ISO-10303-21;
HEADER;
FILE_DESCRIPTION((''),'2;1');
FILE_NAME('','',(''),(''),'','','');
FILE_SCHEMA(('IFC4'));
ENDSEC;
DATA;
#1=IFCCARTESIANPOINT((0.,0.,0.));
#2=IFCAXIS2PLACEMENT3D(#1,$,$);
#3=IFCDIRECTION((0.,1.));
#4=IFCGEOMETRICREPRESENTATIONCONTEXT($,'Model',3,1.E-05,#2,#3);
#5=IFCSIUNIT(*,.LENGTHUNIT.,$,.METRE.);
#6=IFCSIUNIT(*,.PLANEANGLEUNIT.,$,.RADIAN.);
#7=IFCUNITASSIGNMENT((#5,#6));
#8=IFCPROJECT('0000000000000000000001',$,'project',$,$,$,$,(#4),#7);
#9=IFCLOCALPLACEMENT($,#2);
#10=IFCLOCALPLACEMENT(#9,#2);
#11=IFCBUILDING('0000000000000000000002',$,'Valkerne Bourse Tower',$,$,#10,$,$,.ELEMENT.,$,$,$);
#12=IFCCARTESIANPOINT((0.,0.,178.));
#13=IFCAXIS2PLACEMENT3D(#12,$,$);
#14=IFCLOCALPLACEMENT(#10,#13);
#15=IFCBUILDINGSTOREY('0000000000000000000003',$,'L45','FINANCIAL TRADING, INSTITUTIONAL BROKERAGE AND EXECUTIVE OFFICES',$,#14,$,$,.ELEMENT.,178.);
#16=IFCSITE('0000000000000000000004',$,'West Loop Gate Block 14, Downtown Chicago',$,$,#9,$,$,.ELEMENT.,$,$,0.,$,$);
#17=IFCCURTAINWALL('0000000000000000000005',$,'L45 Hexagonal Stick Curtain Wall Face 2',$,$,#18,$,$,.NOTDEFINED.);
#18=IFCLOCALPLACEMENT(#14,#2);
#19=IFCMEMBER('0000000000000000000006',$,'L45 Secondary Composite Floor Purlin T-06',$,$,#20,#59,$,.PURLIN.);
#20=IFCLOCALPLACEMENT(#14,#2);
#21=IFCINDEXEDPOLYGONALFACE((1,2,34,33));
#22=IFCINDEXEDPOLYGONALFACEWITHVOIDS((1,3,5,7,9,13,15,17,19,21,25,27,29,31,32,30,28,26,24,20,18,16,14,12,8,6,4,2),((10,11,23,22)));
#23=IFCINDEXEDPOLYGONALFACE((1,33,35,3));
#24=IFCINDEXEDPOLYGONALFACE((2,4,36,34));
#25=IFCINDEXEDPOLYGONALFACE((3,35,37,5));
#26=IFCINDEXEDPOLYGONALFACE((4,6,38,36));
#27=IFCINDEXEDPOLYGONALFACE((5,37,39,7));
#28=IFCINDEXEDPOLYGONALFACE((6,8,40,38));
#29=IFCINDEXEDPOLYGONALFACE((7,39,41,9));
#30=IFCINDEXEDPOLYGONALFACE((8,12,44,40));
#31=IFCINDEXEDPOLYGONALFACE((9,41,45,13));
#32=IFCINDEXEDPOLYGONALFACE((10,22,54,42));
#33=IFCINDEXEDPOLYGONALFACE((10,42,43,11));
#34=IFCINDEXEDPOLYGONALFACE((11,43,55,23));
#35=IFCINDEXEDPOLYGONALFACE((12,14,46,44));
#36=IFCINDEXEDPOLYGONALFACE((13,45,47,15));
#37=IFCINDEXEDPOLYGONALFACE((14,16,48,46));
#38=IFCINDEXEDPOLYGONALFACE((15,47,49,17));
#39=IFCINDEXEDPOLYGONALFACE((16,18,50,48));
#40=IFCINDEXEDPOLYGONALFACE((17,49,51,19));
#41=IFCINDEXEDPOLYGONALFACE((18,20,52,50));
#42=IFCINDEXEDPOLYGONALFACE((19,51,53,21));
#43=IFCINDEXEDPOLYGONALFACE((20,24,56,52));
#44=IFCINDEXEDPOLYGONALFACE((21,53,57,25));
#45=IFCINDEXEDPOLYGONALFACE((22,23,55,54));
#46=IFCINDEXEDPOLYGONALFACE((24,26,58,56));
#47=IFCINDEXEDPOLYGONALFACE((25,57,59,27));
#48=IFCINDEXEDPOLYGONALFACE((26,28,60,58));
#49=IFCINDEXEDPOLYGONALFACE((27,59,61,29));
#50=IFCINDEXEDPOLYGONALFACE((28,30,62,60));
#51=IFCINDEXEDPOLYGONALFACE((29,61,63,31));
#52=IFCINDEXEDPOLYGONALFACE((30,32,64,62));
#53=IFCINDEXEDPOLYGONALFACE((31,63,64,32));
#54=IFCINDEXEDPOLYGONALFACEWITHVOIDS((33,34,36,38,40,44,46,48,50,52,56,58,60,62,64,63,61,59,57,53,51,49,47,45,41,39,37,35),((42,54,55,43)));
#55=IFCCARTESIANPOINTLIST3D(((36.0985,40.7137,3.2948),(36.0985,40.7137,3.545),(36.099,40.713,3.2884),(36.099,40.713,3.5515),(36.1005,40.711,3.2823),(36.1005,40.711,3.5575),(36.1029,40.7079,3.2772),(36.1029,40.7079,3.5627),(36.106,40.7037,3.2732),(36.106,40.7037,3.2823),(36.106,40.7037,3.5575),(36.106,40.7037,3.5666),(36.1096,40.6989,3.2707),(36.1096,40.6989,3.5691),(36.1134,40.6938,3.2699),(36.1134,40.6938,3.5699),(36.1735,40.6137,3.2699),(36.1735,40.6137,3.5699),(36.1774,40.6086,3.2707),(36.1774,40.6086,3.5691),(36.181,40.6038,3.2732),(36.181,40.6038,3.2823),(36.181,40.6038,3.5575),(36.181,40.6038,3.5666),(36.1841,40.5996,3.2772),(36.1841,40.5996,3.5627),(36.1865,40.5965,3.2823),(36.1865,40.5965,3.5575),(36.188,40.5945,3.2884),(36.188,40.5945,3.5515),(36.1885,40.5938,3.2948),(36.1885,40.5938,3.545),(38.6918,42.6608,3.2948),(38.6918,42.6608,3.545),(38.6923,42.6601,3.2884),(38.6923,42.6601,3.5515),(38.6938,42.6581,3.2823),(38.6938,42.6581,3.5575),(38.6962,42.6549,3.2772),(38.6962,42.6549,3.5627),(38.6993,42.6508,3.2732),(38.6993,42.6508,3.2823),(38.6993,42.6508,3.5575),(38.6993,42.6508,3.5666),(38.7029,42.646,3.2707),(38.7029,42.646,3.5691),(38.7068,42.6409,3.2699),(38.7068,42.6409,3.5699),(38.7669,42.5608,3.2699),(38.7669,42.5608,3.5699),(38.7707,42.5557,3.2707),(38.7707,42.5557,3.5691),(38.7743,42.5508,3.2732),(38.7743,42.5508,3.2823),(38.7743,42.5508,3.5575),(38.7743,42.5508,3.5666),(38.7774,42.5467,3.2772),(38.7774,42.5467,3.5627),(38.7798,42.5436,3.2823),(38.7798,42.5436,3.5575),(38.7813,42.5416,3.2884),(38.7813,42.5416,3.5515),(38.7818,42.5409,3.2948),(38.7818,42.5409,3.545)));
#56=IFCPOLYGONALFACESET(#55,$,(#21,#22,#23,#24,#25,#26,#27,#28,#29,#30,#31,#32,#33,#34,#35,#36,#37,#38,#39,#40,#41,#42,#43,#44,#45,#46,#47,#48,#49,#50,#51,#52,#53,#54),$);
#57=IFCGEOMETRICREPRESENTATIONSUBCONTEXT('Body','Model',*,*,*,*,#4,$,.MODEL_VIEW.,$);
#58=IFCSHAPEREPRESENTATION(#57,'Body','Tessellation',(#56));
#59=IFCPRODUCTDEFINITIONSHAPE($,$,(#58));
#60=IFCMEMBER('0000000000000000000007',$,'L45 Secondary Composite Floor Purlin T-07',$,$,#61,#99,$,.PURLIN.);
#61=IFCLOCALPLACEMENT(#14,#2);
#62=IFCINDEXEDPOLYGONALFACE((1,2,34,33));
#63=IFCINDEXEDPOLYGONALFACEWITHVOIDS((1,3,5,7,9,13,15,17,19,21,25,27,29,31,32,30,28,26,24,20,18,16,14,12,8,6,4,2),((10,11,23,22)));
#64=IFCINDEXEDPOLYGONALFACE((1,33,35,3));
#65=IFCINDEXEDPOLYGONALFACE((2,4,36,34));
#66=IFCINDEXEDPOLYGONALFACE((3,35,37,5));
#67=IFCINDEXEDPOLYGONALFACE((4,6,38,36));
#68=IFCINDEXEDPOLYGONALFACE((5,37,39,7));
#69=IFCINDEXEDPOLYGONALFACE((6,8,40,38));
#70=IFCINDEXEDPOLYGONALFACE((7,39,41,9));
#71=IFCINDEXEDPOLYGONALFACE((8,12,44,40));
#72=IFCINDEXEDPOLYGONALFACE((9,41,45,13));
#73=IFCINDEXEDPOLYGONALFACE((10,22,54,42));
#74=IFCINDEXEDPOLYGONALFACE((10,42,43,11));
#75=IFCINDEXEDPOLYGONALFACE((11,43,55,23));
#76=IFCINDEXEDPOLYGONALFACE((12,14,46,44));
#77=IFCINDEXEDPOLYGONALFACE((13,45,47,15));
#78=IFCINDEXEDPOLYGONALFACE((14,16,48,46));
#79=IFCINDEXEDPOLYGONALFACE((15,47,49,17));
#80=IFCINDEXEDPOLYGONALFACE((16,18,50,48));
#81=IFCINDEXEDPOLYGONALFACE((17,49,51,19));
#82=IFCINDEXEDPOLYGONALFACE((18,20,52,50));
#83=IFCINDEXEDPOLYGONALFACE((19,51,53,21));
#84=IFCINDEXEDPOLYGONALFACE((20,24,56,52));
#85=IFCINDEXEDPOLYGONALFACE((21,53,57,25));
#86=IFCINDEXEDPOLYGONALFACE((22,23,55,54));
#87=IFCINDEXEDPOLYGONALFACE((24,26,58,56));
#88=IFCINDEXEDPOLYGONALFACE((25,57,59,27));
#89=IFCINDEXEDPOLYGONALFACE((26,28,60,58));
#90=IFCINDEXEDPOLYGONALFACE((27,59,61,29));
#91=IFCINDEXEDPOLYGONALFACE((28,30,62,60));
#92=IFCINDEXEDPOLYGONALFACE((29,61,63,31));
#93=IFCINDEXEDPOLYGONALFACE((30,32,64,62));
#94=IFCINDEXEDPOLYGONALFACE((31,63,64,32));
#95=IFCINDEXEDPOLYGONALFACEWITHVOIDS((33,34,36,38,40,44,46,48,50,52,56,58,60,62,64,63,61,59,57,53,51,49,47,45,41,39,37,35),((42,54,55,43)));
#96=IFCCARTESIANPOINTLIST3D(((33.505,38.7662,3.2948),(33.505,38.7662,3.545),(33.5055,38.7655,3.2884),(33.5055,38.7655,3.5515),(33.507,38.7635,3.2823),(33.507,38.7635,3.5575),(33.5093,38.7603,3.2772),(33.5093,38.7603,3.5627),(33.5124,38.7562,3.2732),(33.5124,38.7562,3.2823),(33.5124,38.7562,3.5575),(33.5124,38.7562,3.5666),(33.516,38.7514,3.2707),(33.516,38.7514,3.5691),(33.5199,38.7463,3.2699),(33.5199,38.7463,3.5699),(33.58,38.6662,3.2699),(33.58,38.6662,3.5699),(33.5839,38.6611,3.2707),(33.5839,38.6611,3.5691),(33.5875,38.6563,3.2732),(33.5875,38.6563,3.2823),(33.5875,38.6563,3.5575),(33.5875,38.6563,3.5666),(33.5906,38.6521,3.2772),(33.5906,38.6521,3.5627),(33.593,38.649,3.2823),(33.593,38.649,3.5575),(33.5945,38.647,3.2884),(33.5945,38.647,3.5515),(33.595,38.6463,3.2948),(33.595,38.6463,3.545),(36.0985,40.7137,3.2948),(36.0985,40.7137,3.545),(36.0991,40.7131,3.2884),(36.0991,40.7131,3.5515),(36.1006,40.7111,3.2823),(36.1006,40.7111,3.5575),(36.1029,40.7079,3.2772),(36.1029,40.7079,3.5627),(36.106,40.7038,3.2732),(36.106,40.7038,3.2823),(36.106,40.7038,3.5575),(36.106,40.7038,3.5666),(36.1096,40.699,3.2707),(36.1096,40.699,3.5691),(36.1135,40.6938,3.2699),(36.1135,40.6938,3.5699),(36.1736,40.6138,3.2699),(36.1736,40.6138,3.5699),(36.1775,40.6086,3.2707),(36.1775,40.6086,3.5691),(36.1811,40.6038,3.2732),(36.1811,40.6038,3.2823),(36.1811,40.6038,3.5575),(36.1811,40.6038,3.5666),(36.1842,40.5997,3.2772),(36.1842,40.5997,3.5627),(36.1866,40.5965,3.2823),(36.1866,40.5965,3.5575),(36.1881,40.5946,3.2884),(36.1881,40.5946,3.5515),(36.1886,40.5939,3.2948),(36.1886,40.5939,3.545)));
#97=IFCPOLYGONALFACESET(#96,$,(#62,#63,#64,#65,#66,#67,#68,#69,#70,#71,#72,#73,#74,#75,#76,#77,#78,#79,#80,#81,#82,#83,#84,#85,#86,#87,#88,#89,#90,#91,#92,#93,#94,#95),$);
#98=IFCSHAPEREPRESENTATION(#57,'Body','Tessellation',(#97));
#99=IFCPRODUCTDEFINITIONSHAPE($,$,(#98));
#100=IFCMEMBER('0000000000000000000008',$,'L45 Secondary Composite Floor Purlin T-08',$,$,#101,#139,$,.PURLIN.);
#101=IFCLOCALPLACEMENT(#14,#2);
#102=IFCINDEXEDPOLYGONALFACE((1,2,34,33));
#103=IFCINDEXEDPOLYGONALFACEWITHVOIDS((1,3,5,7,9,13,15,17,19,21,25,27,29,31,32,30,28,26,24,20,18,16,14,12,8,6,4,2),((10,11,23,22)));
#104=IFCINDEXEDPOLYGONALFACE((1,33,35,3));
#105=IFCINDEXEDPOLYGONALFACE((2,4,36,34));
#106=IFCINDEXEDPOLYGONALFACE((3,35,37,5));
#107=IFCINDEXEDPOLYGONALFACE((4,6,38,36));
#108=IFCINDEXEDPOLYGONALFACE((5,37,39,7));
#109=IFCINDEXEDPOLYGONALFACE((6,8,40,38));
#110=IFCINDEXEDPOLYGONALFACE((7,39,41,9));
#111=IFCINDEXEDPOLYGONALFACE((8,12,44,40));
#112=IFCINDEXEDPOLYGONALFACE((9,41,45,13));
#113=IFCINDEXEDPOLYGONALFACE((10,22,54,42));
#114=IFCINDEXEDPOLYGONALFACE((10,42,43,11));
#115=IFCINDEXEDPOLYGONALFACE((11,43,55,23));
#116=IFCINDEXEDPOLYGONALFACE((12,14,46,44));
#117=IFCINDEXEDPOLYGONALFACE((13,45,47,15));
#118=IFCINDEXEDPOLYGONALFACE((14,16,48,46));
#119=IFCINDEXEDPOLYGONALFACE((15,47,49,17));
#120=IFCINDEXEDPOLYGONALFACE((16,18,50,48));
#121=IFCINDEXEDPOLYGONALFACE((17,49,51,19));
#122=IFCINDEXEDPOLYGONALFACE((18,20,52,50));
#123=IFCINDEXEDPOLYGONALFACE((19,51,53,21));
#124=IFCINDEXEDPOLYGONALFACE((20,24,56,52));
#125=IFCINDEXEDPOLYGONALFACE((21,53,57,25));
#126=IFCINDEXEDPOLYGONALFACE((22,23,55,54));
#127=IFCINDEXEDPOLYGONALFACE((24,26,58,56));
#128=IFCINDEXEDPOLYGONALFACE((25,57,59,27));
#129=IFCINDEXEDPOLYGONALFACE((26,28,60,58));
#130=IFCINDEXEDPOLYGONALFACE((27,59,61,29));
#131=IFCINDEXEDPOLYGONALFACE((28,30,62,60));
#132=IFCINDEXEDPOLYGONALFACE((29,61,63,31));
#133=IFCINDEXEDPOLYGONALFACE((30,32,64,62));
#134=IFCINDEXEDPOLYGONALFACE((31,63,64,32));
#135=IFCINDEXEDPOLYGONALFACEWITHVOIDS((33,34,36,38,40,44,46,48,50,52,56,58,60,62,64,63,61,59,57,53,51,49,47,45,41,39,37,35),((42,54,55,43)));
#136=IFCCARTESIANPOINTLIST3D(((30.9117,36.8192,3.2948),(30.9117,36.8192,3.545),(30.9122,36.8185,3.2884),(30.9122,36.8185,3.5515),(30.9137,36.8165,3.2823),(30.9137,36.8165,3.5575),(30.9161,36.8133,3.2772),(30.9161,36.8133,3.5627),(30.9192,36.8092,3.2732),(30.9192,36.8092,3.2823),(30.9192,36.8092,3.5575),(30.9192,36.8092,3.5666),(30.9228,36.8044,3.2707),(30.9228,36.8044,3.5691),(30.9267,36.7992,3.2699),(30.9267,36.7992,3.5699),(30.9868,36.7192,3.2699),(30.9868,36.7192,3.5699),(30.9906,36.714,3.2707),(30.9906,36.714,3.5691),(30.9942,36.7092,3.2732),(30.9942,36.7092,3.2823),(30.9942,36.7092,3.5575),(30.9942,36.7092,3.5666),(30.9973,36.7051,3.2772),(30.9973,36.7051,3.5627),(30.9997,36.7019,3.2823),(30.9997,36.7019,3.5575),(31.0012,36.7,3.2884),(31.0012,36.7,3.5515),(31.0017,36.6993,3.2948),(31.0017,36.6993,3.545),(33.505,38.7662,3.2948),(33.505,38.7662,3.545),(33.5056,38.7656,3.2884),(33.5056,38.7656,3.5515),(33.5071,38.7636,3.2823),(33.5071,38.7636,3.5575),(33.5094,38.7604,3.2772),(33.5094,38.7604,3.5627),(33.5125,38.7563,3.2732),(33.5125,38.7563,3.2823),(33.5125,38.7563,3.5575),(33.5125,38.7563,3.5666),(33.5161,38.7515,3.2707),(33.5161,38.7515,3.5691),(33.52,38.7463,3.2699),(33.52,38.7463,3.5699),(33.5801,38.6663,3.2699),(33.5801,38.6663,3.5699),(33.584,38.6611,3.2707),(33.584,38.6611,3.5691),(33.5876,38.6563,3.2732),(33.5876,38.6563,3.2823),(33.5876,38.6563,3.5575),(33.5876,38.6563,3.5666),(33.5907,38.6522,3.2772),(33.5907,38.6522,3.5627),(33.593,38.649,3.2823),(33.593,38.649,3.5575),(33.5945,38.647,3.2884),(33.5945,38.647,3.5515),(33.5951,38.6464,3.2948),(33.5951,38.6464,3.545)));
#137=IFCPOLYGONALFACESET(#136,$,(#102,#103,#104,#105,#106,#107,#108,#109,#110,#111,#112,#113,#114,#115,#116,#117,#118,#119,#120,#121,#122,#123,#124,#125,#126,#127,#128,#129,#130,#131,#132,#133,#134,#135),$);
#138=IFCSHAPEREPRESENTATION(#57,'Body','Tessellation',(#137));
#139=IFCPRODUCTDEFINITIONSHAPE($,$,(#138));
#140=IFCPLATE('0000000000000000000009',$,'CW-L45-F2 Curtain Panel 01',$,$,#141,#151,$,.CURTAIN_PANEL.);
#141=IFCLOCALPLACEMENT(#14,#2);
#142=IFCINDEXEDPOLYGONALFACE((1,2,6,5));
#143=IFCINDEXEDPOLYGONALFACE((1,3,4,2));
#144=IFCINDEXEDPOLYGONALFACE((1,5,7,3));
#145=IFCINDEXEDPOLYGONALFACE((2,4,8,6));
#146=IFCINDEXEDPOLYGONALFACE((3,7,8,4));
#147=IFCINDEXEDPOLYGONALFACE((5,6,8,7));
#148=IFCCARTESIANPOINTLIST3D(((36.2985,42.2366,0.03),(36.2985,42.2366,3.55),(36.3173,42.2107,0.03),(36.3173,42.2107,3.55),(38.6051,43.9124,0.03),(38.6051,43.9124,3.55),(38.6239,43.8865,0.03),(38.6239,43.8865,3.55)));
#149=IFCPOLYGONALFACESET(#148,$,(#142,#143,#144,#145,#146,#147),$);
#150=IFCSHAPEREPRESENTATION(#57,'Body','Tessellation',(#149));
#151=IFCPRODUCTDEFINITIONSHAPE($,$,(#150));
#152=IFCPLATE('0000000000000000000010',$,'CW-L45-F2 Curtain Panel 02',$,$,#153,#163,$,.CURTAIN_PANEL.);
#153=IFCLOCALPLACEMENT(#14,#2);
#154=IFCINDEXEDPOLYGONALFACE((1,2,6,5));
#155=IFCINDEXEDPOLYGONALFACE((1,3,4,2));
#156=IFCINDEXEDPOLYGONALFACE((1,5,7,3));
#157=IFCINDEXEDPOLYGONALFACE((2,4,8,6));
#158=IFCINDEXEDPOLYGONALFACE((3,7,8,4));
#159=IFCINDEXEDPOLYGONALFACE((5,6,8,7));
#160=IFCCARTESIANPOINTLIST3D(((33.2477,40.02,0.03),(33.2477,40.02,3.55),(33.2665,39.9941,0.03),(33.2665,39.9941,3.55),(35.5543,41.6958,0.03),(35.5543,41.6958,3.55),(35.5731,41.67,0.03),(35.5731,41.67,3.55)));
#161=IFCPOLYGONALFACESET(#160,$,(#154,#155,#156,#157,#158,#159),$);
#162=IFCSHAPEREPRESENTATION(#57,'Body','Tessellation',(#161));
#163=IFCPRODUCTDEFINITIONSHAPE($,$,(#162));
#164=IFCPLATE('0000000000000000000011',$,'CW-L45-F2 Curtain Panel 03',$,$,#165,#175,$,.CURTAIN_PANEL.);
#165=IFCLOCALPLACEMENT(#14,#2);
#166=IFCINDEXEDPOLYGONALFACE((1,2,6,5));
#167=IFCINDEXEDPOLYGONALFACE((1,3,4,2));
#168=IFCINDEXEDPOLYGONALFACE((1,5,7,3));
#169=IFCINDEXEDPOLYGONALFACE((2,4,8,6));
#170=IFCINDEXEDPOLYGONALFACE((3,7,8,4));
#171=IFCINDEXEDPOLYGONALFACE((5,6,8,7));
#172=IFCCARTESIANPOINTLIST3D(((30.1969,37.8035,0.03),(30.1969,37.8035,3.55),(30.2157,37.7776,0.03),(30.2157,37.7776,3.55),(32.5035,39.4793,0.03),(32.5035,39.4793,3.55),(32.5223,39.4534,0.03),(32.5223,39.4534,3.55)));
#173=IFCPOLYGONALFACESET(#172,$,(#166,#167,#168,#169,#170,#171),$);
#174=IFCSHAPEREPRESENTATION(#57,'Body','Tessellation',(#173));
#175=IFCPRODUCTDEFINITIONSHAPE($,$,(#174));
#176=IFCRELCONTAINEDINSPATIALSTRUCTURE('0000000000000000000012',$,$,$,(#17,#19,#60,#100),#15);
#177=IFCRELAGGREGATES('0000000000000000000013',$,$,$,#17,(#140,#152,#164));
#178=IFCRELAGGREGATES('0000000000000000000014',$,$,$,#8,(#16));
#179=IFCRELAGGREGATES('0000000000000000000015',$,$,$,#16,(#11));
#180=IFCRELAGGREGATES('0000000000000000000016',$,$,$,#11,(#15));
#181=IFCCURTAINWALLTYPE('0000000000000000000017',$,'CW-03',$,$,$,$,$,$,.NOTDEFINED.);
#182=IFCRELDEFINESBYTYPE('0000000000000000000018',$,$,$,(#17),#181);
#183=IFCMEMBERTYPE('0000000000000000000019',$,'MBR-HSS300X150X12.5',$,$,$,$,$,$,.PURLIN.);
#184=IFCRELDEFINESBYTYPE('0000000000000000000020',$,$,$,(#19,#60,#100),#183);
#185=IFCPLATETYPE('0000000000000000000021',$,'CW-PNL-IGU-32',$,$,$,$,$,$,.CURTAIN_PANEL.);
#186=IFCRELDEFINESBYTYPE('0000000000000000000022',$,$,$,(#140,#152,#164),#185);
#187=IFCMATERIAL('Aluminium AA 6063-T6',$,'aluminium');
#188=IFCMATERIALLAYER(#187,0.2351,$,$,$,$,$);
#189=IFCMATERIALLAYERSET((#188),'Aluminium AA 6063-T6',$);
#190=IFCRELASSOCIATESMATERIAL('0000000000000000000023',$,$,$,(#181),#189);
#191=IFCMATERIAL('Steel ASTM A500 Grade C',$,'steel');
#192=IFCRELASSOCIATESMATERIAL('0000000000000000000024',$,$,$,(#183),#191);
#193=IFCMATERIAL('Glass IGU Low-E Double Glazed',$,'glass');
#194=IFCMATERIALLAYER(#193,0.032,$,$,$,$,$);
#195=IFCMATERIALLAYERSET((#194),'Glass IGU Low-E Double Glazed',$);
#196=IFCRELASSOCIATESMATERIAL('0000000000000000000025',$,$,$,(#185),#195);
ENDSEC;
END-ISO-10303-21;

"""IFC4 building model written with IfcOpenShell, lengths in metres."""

from ifc_helpers import new_model, si_unit, direction, frame, origin, origin_2d, place, context, subcontext, project, spatial, rectangle, hollow_rectangle, extrude, material, layer, layer_set, material_profile, profile_set, type_object, element, aggregate, save


model = new_model("IFC4")

# Units and contexts
model_context = context("Model", 3, precision=1e-05, world=origin(), true_north=direction((0.0, 1.0)))
body_context = subcontext(model_context, "Body", "Model", "MODEL_VIEW")
ifc_project = project(units=[si_unit("LENGTHUNIT", "METRE"), si_unit("PLANEANGLEUNIT", "RADIAN")], contexts=[model_context])

# Site, building, storey
site_placement = place(None, origin())
site = spatial("IfcSite", under=ifc_project, at=site_placement, Name="West Loop Gate Block 14, Downtown Chicago", CompositionType="ELEMENT", RefElevation=0.0)
building_placement = place(site_placement, origin())
building = spatial("IfcBuilding", under=site, at=building_placement, Name="Valkerne Bourse Tower", CompositionType="ELEMENT")
storey_placement = place(building_placement, frame((0.0, 0.0, 178.0)))
storey = spatial("IfcBuildingStorey", under=building, at=storey_placement, Name="L45", Description="FINANCIAL TRADING, INSTITUTIONAL BROKERAGE AND EXECUTIVE OFFICES", CompositionType="ELEMENT", Elevation=178.0)

# Curtain wall
ifc_material_1 = material(Name="Aluminium AA 6063-T6", Category="aluminium")
ifc_layer_1 = layer(ifc_material_1, 0.2351)
ifc_layer_set_1 = layer_set([ifc_layer_1], Name="Aluminium AA 6063-T6")
curtain_wall_type = type_object("IfcCurtainWallType", Name="CW-03", PredefinedType="NOTDEFINED", material=ifc_layer_set_1)
curtain_wall_placement = place(storey_placement, origin())
curtain_wall = element("IfcCurtainWall", 1, at=curtain_wall_placement, inside=storey, type_object=curtain_wall_type, Name="L45 Hexagonal Stick Curtain Wall Face 2", PredefinedType="NOTDEFINED")

# Members
ifc_material_2 = material(Name="Steel ASTM A500 Grade C", Category="steel")
ifc_material_profile_1 = material_profile(ifc_material_2, hollow_rectangle(XDim=0.1499, YDim=0.3, WallThickness=0.0125, OuterFilletRadius=0.0249, at=origin_2d()), Name="HSS300X150X12.5")
ifc_profile_set_1 = profile_set([ifc_material_profile_1], Name="Steel ASTM A500 Grade C")
member_type_1 = type_object("IfcMemberType", Name="MBR-HSS300X150X12.5", PredefinedType="PURLIN", material=ifc_profile_set_1)
member_1_placement = place(storey_placement, frame((38.7368, 42.6008, 3.4199), z_axis=(-0.799693, -0.600409, 0.0), x_axis=(0.600409, -0.799693, 0.0)))
element("IfcMember", 2, at=member_1_placement, inside=storey, type_object=member_type_1, Name="L45 Secondary Composite Floor Purlin T-06", PredefinedType="PURLIN", context=body_context, shape_type="SweptSolid", body=[
    extrude(hollow_rectangle(XDim=0.1499, YDim=0.3, WallThickness=0.0125, OuterFilletRadius=0.0249, at=origin_2d()), origin(), (0.0, 0.0, 1.0), 3.2429),
])
member_2_placement = place(storey_placement, frame((36.1436, 40.6538, 3.4199), z_axis=(-0.799648, -0.60047, 0.0), x_axis=(0.60047, -0.799648, 0.0)))
element("IfcMember", 3, at=member_2_placement, inside=storey, type_object=member_type_1, Name="L45 Secondary Composite Floor Purlin T-07", PredefinedType="PURLIN", context=body_context, shape_type="SweptSolid", body=[
    extrude(hollow_rectangle(XDim=0.1499, YDim=0.3, WallThickness=0.0125, OuterFilletRadius=0.0249, at=origin_2d()), origin(), (0.0, 0.0, 1.0), 3.2434),
])
member_3_placement = place(storey_placement, frame((33.55, 38.7063, 3.4199), z_axis=(-0.799693, -0.600409, 0.0), x_axis=(0.600409, -0.799693, 0.0)))
element("IfcMember", 4, at=member_3_placement, inside=storey, type_object=member_type_1, Name="L45 Secondary Composite Floor Purlin T-08", PredefinedType="PURLIN", context=body_context, shape_type="SweptSolid", body=[
    extrude(hollow_rectangle(XDim=0.1499, YDim=0.3, WallThickness=0.0125, OuterFilletRadius=0.0249, at=origin_2d()), origin(), (0.0, 0.0, 1.0), 3.2429),
])

# Plates
ifc_material_3 = material(Name="Glass IGU Low-E Double Glazed", Category="glass")
ifc_layer_2 = layer(ifc_material_3, 0.032)
ifc_layer_set_2 = layer_set([ifc_layer_2], Name="Glass IGU Low-E Double Glazed")
plate_type = type_object("IfcPlateType", Name="CW-PNL-IGU-32", PredefinedType="CURTAIN_PANEL", material=ifc_layer_set_2)
plate_1_placement = place(storey_placement, frame((37.4612, 43.0615, 0.03), z_axis=(0.0, 0.0, 1.0), x_axis=(-0.809022, -0.587779, 0.0)))
plate_1 = element("IfcPlate", 5, at=plate_1_placement, type_object=plate_type, Name="CW-L45-F2 Curtain Panel 01", PredefinedType="CURTAIN_PANEL", context=body_context, shape_type="SweptSolid", body=[
    extrude(rectangle(XDim=2.8511, YDim=0.032, at=origin_2d()), origin(), (0.0, 0.0, 1.0), 3.52),
])
plate_2_placement = place(storey_placement, frame((34.4104, 40.845, 0.03), z_axis=(0.0, 0.0, 1.0), x_axis=(-0.809009, -0.587796, 0.0)))
plate_2 = element("IfcPlate", 6, at=plate_2_placement, type_object=plate_type, Name="CW-L45-F2 Curtain Panel 02", PredefinedType="CURTAIN_PANEL", context=body_context, shape_type="SweptSolid", body=[
    extrude(rectangle(XDim=2.8511, YDim=0.032, at=origin_2d()), origin(), (0.0, 0.0, 1.0), 3.52),
])
plate_3_placement = place(storey_placement, frame((31.3596, 38.6284, 0.03), z_axis=(0.0, 0.0, 1.0), x_axis=(-0.809022, -0.587779, 0.0)))
plate_3 = element("IfcPlate", 7, at=plate_3_placement, type_object=plate_type, Name="CW-L45-F2 Curtain Panel 03", PredefinedType="CURTAIN_PANEL", context=body_context, shape_type="SweptSolid", body=[
    extrude(rectangle(XDim=2.8511, YDim=0.032, at=origin_2d()), origin(), (0.0, 0.0, 1.0), 3.52),
])
aggregate(curtain_wall, [plate_1, plate_2, plate_3])

save(model, "model.ifc")
